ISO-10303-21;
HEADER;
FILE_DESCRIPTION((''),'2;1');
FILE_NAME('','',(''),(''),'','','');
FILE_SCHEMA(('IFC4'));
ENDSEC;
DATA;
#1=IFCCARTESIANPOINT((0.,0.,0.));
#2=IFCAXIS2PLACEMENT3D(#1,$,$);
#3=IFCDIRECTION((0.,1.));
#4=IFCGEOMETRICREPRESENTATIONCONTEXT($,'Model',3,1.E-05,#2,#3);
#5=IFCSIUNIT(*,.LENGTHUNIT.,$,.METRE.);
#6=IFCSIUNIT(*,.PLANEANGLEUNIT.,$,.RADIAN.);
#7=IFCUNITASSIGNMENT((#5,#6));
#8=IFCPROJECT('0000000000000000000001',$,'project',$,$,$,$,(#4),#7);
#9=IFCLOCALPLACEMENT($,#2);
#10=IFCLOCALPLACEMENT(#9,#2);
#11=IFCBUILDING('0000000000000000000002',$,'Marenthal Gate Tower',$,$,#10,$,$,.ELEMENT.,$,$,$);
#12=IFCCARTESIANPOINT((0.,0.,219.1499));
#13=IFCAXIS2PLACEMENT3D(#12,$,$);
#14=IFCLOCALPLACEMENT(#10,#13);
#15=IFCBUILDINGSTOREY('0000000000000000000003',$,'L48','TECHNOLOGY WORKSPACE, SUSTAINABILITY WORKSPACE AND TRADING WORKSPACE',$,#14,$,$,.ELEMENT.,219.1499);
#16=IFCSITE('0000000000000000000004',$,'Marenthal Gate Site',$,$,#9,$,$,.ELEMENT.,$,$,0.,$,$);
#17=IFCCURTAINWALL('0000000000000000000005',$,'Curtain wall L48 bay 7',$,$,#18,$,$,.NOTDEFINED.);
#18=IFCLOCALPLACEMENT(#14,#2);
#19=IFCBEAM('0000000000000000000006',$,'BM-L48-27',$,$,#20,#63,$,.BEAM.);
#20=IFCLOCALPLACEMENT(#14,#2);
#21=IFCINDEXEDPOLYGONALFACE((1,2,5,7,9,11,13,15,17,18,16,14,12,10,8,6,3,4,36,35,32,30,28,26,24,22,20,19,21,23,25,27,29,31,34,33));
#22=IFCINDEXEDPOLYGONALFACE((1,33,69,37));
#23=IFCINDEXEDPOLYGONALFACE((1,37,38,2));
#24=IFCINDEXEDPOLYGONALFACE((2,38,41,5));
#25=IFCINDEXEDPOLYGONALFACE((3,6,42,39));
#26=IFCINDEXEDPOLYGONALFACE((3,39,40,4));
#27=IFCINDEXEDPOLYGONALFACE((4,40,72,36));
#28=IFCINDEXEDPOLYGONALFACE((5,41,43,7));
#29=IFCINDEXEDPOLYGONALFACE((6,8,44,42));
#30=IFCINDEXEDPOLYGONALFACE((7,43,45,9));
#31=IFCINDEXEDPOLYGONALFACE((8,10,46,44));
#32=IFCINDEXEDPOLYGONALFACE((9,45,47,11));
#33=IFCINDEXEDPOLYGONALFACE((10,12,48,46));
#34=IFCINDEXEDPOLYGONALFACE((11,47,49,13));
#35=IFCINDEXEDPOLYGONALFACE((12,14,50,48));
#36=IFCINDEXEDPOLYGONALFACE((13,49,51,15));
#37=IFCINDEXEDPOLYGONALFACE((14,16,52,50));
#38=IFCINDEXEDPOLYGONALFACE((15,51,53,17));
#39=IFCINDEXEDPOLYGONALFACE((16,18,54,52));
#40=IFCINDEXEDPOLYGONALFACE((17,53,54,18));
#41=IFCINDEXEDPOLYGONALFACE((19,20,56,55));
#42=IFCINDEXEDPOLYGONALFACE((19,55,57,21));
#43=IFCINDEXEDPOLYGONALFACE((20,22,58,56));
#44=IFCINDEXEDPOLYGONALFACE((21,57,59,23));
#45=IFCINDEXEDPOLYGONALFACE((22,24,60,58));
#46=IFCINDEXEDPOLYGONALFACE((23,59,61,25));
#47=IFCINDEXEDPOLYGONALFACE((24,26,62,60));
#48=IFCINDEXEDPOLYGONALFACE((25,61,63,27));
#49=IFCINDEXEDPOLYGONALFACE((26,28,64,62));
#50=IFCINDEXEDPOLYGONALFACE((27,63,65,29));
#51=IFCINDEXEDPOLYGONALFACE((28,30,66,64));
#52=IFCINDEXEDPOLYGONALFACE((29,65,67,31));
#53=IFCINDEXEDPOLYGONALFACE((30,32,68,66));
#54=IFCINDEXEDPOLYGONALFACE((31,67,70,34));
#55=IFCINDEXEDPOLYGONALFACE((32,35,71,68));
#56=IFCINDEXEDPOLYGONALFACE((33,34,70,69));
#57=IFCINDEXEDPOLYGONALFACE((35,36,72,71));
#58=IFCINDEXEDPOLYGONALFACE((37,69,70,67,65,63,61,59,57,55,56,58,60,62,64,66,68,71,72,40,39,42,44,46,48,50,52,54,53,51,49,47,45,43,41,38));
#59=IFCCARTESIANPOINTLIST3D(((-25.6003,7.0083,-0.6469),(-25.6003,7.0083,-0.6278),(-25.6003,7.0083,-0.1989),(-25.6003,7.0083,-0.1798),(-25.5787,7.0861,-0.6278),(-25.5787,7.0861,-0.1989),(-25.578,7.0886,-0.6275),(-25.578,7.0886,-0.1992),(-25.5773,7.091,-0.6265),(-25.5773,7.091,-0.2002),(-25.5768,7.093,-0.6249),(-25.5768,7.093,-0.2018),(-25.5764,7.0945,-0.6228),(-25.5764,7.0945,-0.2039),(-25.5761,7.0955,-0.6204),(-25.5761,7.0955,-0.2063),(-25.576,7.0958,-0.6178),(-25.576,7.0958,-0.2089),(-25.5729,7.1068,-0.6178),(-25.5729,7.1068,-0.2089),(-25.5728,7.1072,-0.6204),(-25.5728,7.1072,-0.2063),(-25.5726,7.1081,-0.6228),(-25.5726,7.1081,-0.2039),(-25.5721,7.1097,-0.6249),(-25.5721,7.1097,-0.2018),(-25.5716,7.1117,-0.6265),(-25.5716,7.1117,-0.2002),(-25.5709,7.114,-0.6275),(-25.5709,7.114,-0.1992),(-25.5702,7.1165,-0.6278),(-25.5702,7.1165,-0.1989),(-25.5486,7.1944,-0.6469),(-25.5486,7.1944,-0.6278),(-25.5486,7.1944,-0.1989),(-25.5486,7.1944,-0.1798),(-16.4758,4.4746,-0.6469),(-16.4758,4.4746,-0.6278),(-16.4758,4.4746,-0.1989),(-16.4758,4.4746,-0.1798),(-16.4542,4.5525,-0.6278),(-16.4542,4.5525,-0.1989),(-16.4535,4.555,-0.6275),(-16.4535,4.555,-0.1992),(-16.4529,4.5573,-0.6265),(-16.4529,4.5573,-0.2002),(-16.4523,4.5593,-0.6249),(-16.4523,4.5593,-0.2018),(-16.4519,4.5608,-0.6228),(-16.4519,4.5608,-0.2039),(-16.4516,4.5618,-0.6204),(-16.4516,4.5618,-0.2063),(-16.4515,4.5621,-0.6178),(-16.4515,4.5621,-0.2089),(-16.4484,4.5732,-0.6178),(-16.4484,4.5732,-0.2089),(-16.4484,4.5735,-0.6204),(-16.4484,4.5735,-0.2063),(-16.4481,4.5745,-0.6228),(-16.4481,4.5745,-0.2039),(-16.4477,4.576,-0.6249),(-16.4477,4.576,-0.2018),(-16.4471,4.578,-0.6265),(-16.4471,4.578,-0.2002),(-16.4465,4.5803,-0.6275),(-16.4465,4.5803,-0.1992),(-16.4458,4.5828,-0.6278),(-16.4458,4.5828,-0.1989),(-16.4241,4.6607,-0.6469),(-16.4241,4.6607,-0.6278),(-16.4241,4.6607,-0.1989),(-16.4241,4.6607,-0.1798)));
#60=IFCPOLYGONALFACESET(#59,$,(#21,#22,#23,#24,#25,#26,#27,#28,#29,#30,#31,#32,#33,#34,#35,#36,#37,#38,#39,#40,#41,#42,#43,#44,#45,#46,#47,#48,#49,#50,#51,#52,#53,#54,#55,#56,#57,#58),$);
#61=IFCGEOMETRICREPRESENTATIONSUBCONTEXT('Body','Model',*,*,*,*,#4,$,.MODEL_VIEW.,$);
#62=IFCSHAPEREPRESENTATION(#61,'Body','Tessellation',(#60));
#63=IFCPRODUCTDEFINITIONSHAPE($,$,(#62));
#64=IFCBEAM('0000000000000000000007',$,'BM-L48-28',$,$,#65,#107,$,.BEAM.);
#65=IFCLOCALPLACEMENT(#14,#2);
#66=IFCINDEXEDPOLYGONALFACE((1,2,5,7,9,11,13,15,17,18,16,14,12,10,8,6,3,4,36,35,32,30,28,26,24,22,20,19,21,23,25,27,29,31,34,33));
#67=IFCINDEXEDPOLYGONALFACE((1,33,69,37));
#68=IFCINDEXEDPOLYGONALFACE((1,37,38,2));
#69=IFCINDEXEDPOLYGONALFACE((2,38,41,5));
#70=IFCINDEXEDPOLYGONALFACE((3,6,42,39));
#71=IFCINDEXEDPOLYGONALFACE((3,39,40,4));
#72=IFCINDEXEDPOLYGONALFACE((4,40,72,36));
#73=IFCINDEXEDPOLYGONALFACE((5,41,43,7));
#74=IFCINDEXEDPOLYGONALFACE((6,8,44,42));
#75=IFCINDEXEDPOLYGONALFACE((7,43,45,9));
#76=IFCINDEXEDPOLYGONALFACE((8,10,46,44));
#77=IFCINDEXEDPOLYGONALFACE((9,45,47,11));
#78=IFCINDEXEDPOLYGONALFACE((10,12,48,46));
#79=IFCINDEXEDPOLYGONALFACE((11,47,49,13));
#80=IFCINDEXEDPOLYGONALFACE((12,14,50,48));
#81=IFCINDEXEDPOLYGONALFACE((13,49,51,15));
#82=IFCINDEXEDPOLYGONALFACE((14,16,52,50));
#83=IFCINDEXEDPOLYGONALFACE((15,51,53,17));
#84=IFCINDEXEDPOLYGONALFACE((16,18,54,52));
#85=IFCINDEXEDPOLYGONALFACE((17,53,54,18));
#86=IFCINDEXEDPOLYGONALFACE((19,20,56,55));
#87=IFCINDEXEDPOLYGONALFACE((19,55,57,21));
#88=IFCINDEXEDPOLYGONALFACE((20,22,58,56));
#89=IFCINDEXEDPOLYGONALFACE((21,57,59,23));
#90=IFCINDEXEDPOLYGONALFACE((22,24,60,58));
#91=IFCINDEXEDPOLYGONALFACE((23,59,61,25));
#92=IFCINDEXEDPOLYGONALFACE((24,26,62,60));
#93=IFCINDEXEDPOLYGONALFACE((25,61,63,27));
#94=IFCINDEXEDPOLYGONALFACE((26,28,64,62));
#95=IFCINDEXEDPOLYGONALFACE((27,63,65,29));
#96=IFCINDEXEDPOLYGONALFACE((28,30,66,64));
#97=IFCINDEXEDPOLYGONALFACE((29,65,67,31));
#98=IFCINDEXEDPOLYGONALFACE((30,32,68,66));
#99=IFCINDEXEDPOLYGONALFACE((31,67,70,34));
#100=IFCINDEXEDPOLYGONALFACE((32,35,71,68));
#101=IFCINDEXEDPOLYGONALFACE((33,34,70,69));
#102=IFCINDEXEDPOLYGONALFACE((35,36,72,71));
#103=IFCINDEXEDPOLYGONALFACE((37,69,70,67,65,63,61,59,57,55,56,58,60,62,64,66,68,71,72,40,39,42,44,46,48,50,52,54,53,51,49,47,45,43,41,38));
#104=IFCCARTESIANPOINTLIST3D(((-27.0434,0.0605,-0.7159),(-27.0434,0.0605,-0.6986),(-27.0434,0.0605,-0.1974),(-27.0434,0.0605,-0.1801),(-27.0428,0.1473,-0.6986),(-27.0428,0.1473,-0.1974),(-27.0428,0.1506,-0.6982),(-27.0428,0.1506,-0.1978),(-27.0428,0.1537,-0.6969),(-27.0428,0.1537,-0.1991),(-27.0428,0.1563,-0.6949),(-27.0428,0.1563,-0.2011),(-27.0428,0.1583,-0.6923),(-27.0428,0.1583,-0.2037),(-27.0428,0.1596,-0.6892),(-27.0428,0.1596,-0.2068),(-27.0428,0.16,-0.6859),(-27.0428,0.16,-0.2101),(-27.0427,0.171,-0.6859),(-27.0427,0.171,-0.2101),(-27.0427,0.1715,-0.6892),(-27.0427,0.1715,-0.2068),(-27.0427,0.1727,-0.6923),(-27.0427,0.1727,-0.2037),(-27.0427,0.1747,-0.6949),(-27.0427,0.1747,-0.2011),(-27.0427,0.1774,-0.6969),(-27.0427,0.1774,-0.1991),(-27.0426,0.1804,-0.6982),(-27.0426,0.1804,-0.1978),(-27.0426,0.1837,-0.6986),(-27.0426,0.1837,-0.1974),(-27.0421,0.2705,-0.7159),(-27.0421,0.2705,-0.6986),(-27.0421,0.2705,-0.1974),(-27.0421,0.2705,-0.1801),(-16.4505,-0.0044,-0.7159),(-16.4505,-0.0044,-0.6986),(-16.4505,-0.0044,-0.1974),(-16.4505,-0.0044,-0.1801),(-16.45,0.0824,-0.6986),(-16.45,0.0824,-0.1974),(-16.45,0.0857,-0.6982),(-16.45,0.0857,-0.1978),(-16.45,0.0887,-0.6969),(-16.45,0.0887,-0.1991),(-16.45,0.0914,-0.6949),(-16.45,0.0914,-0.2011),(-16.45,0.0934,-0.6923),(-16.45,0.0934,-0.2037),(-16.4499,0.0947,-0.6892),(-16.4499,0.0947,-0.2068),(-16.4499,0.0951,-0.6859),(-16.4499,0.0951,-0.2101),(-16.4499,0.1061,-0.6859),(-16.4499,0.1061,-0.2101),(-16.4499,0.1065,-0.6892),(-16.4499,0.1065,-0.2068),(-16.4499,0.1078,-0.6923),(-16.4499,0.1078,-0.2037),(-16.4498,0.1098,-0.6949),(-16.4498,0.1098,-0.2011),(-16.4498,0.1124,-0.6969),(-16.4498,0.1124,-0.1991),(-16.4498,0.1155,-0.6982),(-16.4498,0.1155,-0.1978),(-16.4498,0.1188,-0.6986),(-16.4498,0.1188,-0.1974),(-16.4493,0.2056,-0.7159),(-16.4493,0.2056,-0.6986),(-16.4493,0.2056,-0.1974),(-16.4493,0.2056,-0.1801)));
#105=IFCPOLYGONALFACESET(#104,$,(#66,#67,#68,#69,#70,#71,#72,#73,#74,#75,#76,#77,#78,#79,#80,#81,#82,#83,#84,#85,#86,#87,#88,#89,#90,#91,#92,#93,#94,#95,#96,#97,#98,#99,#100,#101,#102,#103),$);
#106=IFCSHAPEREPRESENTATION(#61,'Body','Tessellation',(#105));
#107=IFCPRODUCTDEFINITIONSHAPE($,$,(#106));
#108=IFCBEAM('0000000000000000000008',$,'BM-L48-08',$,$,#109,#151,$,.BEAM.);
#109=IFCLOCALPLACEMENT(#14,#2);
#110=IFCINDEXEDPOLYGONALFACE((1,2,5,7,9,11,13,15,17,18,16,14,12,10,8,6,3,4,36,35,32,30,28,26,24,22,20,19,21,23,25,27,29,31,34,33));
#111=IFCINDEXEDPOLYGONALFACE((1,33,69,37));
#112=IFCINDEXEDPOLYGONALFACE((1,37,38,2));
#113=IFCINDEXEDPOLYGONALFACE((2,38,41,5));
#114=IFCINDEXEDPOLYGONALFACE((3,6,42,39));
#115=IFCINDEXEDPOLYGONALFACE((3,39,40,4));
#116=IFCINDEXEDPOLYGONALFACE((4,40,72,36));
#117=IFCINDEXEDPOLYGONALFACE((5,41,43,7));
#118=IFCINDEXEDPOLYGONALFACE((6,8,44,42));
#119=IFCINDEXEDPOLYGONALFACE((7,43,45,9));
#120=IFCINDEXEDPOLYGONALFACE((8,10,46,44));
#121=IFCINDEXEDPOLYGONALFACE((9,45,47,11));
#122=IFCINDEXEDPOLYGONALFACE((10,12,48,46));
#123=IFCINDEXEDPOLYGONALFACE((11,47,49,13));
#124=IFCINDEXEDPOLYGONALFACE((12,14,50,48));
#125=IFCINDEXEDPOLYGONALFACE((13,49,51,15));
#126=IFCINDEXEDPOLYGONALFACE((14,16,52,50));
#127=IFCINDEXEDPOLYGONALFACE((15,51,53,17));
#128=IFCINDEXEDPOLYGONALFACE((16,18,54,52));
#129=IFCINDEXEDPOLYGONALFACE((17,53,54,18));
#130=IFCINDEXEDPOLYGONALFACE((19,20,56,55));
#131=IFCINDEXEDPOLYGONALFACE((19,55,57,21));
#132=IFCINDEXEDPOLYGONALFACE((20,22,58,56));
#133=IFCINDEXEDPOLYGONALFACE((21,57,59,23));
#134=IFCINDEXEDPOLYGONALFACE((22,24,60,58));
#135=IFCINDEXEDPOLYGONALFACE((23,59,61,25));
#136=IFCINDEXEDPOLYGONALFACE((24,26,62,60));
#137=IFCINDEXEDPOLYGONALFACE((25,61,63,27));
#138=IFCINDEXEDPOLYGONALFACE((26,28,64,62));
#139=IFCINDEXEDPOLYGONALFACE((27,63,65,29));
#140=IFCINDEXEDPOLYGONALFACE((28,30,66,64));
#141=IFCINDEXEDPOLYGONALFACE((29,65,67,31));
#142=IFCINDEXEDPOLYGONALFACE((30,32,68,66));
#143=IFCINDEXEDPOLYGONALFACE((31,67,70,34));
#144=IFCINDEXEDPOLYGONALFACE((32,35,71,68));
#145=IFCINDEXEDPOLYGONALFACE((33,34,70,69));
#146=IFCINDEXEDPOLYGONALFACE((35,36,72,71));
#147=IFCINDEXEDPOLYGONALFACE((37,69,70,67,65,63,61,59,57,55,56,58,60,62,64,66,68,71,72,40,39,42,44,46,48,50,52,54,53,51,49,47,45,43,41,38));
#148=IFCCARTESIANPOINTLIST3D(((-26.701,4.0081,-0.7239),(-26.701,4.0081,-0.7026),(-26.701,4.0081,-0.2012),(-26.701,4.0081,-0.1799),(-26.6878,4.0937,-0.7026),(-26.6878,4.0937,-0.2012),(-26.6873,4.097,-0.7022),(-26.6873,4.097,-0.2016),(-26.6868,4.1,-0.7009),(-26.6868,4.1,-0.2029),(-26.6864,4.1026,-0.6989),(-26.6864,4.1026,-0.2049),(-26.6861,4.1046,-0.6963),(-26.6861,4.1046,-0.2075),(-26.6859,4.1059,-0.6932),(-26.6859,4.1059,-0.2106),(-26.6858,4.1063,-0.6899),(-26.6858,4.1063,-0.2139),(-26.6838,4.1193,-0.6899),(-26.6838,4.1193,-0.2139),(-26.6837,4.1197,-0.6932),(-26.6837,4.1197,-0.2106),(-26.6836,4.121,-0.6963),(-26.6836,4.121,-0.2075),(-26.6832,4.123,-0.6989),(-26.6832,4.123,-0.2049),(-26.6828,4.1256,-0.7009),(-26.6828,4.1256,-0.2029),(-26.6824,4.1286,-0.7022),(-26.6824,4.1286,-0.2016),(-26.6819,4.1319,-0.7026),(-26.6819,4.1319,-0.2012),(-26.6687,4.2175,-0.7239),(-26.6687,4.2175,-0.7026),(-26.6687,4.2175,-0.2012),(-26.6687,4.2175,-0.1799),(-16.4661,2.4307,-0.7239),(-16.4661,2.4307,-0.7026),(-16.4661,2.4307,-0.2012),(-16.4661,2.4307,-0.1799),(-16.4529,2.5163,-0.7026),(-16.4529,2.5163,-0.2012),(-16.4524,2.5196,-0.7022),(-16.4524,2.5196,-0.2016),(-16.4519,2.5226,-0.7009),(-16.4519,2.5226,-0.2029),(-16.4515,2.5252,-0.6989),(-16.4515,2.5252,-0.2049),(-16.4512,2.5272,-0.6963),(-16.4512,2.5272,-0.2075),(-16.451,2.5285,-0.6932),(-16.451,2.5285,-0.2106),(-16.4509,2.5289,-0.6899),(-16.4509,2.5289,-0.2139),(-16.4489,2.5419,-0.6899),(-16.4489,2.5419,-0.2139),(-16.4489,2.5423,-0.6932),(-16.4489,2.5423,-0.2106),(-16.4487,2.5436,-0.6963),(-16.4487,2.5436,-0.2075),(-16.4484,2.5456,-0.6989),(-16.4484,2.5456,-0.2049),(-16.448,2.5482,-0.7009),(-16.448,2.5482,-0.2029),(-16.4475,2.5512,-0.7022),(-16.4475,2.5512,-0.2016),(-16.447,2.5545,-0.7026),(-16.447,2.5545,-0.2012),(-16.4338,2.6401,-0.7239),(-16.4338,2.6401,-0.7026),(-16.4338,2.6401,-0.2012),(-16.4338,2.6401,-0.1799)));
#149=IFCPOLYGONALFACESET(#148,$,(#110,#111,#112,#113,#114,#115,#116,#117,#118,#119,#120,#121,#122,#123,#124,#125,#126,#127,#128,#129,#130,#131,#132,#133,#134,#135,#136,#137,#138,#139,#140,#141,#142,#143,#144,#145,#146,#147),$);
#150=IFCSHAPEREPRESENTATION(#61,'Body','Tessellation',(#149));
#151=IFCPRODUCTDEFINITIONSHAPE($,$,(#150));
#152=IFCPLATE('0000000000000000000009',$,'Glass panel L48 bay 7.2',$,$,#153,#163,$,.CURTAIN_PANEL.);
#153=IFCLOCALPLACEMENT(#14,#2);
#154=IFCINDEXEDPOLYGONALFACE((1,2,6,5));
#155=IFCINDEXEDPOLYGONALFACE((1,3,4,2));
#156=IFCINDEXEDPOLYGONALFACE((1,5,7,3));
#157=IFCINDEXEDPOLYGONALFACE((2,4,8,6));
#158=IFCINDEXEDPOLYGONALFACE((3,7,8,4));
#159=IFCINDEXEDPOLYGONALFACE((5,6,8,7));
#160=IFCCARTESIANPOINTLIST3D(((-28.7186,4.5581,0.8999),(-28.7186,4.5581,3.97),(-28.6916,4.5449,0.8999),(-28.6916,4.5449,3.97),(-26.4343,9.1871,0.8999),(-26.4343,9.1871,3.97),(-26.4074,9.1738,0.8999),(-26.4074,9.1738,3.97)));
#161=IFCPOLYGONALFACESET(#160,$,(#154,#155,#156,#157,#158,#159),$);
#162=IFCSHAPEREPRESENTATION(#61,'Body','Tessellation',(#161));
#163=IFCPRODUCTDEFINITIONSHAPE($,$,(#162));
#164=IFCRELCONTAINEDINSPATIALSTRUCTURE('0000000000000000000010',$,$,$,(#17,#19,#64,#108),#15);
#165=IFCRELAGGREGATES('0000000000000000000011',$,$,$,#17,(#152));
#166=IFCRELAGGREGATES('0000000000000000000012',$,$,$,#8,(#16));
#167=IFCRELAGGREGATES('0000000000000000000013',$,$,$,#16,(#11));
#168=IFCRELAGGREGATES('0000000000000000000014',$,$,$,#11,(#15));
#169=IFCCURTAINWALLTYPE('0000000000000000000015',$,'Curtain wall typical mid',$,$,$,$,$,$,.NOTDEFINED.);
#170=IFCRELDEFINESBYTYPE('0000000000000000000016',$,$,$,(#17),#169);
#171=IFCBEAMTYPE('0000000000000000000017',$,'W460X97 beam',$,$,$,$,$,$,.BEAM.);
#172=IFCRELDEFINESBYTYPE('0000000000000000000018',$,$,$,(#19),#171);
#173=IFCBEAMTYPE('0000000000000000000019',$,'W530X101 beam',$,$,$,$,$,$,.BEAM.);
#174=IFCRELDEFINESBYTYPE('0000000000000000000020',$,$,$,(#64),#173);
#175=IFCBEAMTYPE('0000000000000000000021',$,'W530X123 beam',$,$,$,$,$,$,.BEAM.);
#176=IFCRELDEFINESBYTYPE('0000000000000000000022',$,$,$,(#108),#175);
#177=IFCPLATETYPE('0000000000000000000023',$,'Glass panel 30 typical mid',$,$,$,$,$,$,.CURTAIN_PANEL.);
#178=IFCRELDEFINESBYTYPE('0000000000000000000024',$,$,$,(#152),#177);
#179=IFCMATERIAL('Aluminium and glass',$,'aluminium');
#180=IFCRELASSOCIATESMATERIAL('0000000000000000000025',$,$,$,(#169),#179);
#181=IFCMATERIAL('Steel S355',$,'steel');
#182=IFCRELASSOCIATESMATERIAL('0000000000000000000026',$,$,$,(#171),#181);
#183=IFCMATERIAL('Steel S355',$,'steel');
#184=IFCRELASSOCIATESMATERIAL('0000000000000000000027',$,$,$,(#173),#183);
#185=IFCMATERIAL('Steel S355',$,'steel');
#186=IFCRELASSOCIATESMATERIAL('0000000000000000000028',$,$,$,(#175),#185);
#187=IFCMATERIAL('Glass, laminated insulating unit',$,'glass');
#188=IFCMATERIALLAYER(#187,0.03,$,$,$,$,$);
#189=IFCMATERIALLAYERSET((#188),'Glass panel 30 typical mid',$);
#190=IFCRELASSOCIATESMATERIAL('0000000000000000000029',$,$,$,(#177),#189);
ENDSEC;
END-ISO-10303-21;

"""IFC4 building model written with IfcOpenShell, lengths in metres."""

from ifc_helpers import new_model, si_unit, direction, frame, origin, origin_2d, place, context, subcontext, project, spatial, rectangle, i_section, extrude, material, layer, layer_set, material_profile, profile_set, type_object, element, aggregate, save


model = new_model("IFC4")

# Units and contexts
model_context = context("Model", 3, precision=1e-05, world=origin(), true_north=direction((0.0, 1.0)))
body_context = subcontext(model_context, "Body", "Model", "MODEL_VIEW")
ifc_project = project(units=[si_unit("LENGTHUNIT", "METRE"), si_unit("PLANEANGLEUNIT", "RADIAN")], contexts=[model_context])

# Site, building, storey
site_placement = place(None, origin())
site = spatial("IfcSite", under=ifc_project, at=site_placement, Name="Marenthal Gate Site", CompositionType="ELEMENT", RefElevation=0.0)
building_placement = place(site_placement, origin())
building = spatial("IfcBuilding", under=site, at=building_placement, Name="Marenthal Gate Tower", CompositionType="ELEMENT")
storey_placement = place(building_placement, frame((0.0, 0.0, 219.1499)))
storey = spatial("IfcBuildingStorey", under=building, at=storey_placement, Name="L48", Description="TECHNOLOGY WORKSPACE, SUSTAINABILITY WORKSPACE AND TRADING WORKSPACE", CompositionType="ELEMENT", Elevation=219.1499)

# Curtain wall
ifc_material_1 = material(Name="Aluminium and glass", Category="aluminium")
curtain_wall_type = type_object("IfcCurtainWallType", Name="Curtain wall typical mid", PredefinedType="NOTDEFINED", material=ifc_material_1)
curtain_wall_placement = place(storey_placement, origin())
curtain_wall = element("IfcCurtainWall", 1, at=curtain_wall_placement, inside=storey, type_object=curtain_wall_type, Name="Curtain wall L48 bay 7", PredefinedType="NOTDEFINED")

# Beams
ifc_material_2 = material(Name="Steel S355", Category="steel")
ifc_material_profile_1 = material_profile(ifc_material_2, i_section(OverallWidth=0.1931, OverallDepth=0.467, WebThickness=0.0115, FlangeThickness=0.019, FilletRadius=0.01, at=origin_2d()), Name="W460X97")
ifc_profile_set_1 = profile_set([ifc_material_profile_1], Name="Steel S355")
beam_type_1 = type_object("IfcBeamType", Name="W460X97 beam", PredefinedType="BEAM", material=ifc_profile_set_1)
beam_1_placement = place(storey_placement, frame((-25.5745, 7.1013, -0.4133), z_axis=(0.963542, -0.267556, 0.0), x_axis=(0.267556, 0.963542, 0.0)))
element("IfcBeam", 2, at=beam_1_placement, inside=storey, type_object=beam_type_1, Name="BM-L48-27", PredefinedType="BEAM", context=body_context, shape_type="SweptSolid", body=[
    extrude(i_section(OverallWidth=0.1931, OverallDepth=0.467, WebThickness=0.0115, FlangeThickness=0.019, FilletRadius=0.01, at=origin_2d()), origin(), (0.0, 0.0, 1.0), 9.4697),
])
ifc_material_3 = material(Name="Steel S355", Category="steel")
ifc_material_profile_2 = material_profile(ifc_material_3, i_section(OverallWidth=0.21, OverallDepth=0.5359, WebThickness=0.011, FlangeThickness=0.0173, FilletRadius=0.0127, at=origin_2d()), Name="W530X101")
ifc_profile_set_2 = profile_set([ifc_material_profile_2], Name="Steel S355")
beam_type_2 = type_object("IfcBeamType", Name="W530X101 beam", PredefinedType="BEAM", material=ifc_profile_set_2)
beam_2_placement = place(storey_placement, frame((-27.0427, 0.1655, -0.448), z_axis=(0.999981, -0.006131, 0.0), x_axis=(0.006131, 0.999981, 0.0)))
element("IfcBeam", 3, at=beam_2_placement, inside=storey, type_object=beam_type_2, Name="BM-L48-28", PredefinedType="BEAM", context=body_context, shape_type="SweptSolid", body=[
    extrude(i_section(OverallWidth=0.21, OverallDepth=0.5359, WebThickness=0.011, FlangeThickness=0.0173, FilletRadius=0.0127, at=origin_2d()), origin(), (0.0, 0.0, 1.0), 10.593),
])
ifc_material_4 = material(Name="Steel S355", Category="steel")
ifc_material_profile_3 = material_profile(ifc_material_4, i_section(OverallWidth=0.2119, OverallDepth=0.5439, WebThickness=0.0132, FlangeThickness=0.0212, FilletRadius=0.0127, at=origin_2d()), Name="W530X123")
ifc_profile_set_3 = profile_set([ifc_material_profile_3], Name="Steel S355")
beam_type_3 = type_object("IfcBeamType", Name="W530X123 beam", PredefinedType="BEAM", material=ifc_profile_set_3)
beam_3_placement = place(storey_placement, frame((-26.6848, 4.1128, -0.4519), z_axis=(0.988331, -0.152321, 0.0), x_axis=(0.152321, 0.988331, 0.0)))
element("IfcBeam", 4, at=beam_3_placement, inside=storey, type_object=beam_type_3, Name="BM-L48-08", PredefinedType="BEAM", context=body_context, shape_type="SweptSolid", body=[
    extrude(i_section(OverallWidth=0.2119, OverallDepth=0.5439, WebThickness=0.0132, FlangeThickness=0.0212, FilletRadius=0.0127, at=origin_2d()), origin(), (0.0, 0.0, 1.0), 10.3557),
])

# Plate
ifc_material_5 = material(Name="Glass, laminated insulating unit", Category="glass")
ifc_layer_1 = layer(ifc_material_5, 0.03)
ifc_layer_set_1 = layer_set([ifc_layer_1], Name="Glass panel 30 typical mid")
plate_type = type_object("IfcPlateType", Name="Glass panel 30 typical mid", PredefinedType="CURTAIN_PANEL", material=ifc_layer_set_1)
plate_placement = place(storey_placement, frame((-27.563, 6.866, 0.8999), z_axis=(0.0, 0.0, 1.0), x_axis=(-0.442523, -0.896757, 0.0)))
plate = element("IfcPlate", 5, at=plate_placement, type_object=plate_type, Name="Glass panel L48 bay 7.2", PredefinedType="CURTAIN_PANEL", context=body_context, shape_type="SweptSolid", body=[
    extrude(rectangle(XDim=5.1619, YDim=0.03, at=origin_2d()), origin(), (0.0, 0.0, 1.0), 3.0701),
])
aggregate(curtain_wall, [plate])

save(model, "model.ifc")
